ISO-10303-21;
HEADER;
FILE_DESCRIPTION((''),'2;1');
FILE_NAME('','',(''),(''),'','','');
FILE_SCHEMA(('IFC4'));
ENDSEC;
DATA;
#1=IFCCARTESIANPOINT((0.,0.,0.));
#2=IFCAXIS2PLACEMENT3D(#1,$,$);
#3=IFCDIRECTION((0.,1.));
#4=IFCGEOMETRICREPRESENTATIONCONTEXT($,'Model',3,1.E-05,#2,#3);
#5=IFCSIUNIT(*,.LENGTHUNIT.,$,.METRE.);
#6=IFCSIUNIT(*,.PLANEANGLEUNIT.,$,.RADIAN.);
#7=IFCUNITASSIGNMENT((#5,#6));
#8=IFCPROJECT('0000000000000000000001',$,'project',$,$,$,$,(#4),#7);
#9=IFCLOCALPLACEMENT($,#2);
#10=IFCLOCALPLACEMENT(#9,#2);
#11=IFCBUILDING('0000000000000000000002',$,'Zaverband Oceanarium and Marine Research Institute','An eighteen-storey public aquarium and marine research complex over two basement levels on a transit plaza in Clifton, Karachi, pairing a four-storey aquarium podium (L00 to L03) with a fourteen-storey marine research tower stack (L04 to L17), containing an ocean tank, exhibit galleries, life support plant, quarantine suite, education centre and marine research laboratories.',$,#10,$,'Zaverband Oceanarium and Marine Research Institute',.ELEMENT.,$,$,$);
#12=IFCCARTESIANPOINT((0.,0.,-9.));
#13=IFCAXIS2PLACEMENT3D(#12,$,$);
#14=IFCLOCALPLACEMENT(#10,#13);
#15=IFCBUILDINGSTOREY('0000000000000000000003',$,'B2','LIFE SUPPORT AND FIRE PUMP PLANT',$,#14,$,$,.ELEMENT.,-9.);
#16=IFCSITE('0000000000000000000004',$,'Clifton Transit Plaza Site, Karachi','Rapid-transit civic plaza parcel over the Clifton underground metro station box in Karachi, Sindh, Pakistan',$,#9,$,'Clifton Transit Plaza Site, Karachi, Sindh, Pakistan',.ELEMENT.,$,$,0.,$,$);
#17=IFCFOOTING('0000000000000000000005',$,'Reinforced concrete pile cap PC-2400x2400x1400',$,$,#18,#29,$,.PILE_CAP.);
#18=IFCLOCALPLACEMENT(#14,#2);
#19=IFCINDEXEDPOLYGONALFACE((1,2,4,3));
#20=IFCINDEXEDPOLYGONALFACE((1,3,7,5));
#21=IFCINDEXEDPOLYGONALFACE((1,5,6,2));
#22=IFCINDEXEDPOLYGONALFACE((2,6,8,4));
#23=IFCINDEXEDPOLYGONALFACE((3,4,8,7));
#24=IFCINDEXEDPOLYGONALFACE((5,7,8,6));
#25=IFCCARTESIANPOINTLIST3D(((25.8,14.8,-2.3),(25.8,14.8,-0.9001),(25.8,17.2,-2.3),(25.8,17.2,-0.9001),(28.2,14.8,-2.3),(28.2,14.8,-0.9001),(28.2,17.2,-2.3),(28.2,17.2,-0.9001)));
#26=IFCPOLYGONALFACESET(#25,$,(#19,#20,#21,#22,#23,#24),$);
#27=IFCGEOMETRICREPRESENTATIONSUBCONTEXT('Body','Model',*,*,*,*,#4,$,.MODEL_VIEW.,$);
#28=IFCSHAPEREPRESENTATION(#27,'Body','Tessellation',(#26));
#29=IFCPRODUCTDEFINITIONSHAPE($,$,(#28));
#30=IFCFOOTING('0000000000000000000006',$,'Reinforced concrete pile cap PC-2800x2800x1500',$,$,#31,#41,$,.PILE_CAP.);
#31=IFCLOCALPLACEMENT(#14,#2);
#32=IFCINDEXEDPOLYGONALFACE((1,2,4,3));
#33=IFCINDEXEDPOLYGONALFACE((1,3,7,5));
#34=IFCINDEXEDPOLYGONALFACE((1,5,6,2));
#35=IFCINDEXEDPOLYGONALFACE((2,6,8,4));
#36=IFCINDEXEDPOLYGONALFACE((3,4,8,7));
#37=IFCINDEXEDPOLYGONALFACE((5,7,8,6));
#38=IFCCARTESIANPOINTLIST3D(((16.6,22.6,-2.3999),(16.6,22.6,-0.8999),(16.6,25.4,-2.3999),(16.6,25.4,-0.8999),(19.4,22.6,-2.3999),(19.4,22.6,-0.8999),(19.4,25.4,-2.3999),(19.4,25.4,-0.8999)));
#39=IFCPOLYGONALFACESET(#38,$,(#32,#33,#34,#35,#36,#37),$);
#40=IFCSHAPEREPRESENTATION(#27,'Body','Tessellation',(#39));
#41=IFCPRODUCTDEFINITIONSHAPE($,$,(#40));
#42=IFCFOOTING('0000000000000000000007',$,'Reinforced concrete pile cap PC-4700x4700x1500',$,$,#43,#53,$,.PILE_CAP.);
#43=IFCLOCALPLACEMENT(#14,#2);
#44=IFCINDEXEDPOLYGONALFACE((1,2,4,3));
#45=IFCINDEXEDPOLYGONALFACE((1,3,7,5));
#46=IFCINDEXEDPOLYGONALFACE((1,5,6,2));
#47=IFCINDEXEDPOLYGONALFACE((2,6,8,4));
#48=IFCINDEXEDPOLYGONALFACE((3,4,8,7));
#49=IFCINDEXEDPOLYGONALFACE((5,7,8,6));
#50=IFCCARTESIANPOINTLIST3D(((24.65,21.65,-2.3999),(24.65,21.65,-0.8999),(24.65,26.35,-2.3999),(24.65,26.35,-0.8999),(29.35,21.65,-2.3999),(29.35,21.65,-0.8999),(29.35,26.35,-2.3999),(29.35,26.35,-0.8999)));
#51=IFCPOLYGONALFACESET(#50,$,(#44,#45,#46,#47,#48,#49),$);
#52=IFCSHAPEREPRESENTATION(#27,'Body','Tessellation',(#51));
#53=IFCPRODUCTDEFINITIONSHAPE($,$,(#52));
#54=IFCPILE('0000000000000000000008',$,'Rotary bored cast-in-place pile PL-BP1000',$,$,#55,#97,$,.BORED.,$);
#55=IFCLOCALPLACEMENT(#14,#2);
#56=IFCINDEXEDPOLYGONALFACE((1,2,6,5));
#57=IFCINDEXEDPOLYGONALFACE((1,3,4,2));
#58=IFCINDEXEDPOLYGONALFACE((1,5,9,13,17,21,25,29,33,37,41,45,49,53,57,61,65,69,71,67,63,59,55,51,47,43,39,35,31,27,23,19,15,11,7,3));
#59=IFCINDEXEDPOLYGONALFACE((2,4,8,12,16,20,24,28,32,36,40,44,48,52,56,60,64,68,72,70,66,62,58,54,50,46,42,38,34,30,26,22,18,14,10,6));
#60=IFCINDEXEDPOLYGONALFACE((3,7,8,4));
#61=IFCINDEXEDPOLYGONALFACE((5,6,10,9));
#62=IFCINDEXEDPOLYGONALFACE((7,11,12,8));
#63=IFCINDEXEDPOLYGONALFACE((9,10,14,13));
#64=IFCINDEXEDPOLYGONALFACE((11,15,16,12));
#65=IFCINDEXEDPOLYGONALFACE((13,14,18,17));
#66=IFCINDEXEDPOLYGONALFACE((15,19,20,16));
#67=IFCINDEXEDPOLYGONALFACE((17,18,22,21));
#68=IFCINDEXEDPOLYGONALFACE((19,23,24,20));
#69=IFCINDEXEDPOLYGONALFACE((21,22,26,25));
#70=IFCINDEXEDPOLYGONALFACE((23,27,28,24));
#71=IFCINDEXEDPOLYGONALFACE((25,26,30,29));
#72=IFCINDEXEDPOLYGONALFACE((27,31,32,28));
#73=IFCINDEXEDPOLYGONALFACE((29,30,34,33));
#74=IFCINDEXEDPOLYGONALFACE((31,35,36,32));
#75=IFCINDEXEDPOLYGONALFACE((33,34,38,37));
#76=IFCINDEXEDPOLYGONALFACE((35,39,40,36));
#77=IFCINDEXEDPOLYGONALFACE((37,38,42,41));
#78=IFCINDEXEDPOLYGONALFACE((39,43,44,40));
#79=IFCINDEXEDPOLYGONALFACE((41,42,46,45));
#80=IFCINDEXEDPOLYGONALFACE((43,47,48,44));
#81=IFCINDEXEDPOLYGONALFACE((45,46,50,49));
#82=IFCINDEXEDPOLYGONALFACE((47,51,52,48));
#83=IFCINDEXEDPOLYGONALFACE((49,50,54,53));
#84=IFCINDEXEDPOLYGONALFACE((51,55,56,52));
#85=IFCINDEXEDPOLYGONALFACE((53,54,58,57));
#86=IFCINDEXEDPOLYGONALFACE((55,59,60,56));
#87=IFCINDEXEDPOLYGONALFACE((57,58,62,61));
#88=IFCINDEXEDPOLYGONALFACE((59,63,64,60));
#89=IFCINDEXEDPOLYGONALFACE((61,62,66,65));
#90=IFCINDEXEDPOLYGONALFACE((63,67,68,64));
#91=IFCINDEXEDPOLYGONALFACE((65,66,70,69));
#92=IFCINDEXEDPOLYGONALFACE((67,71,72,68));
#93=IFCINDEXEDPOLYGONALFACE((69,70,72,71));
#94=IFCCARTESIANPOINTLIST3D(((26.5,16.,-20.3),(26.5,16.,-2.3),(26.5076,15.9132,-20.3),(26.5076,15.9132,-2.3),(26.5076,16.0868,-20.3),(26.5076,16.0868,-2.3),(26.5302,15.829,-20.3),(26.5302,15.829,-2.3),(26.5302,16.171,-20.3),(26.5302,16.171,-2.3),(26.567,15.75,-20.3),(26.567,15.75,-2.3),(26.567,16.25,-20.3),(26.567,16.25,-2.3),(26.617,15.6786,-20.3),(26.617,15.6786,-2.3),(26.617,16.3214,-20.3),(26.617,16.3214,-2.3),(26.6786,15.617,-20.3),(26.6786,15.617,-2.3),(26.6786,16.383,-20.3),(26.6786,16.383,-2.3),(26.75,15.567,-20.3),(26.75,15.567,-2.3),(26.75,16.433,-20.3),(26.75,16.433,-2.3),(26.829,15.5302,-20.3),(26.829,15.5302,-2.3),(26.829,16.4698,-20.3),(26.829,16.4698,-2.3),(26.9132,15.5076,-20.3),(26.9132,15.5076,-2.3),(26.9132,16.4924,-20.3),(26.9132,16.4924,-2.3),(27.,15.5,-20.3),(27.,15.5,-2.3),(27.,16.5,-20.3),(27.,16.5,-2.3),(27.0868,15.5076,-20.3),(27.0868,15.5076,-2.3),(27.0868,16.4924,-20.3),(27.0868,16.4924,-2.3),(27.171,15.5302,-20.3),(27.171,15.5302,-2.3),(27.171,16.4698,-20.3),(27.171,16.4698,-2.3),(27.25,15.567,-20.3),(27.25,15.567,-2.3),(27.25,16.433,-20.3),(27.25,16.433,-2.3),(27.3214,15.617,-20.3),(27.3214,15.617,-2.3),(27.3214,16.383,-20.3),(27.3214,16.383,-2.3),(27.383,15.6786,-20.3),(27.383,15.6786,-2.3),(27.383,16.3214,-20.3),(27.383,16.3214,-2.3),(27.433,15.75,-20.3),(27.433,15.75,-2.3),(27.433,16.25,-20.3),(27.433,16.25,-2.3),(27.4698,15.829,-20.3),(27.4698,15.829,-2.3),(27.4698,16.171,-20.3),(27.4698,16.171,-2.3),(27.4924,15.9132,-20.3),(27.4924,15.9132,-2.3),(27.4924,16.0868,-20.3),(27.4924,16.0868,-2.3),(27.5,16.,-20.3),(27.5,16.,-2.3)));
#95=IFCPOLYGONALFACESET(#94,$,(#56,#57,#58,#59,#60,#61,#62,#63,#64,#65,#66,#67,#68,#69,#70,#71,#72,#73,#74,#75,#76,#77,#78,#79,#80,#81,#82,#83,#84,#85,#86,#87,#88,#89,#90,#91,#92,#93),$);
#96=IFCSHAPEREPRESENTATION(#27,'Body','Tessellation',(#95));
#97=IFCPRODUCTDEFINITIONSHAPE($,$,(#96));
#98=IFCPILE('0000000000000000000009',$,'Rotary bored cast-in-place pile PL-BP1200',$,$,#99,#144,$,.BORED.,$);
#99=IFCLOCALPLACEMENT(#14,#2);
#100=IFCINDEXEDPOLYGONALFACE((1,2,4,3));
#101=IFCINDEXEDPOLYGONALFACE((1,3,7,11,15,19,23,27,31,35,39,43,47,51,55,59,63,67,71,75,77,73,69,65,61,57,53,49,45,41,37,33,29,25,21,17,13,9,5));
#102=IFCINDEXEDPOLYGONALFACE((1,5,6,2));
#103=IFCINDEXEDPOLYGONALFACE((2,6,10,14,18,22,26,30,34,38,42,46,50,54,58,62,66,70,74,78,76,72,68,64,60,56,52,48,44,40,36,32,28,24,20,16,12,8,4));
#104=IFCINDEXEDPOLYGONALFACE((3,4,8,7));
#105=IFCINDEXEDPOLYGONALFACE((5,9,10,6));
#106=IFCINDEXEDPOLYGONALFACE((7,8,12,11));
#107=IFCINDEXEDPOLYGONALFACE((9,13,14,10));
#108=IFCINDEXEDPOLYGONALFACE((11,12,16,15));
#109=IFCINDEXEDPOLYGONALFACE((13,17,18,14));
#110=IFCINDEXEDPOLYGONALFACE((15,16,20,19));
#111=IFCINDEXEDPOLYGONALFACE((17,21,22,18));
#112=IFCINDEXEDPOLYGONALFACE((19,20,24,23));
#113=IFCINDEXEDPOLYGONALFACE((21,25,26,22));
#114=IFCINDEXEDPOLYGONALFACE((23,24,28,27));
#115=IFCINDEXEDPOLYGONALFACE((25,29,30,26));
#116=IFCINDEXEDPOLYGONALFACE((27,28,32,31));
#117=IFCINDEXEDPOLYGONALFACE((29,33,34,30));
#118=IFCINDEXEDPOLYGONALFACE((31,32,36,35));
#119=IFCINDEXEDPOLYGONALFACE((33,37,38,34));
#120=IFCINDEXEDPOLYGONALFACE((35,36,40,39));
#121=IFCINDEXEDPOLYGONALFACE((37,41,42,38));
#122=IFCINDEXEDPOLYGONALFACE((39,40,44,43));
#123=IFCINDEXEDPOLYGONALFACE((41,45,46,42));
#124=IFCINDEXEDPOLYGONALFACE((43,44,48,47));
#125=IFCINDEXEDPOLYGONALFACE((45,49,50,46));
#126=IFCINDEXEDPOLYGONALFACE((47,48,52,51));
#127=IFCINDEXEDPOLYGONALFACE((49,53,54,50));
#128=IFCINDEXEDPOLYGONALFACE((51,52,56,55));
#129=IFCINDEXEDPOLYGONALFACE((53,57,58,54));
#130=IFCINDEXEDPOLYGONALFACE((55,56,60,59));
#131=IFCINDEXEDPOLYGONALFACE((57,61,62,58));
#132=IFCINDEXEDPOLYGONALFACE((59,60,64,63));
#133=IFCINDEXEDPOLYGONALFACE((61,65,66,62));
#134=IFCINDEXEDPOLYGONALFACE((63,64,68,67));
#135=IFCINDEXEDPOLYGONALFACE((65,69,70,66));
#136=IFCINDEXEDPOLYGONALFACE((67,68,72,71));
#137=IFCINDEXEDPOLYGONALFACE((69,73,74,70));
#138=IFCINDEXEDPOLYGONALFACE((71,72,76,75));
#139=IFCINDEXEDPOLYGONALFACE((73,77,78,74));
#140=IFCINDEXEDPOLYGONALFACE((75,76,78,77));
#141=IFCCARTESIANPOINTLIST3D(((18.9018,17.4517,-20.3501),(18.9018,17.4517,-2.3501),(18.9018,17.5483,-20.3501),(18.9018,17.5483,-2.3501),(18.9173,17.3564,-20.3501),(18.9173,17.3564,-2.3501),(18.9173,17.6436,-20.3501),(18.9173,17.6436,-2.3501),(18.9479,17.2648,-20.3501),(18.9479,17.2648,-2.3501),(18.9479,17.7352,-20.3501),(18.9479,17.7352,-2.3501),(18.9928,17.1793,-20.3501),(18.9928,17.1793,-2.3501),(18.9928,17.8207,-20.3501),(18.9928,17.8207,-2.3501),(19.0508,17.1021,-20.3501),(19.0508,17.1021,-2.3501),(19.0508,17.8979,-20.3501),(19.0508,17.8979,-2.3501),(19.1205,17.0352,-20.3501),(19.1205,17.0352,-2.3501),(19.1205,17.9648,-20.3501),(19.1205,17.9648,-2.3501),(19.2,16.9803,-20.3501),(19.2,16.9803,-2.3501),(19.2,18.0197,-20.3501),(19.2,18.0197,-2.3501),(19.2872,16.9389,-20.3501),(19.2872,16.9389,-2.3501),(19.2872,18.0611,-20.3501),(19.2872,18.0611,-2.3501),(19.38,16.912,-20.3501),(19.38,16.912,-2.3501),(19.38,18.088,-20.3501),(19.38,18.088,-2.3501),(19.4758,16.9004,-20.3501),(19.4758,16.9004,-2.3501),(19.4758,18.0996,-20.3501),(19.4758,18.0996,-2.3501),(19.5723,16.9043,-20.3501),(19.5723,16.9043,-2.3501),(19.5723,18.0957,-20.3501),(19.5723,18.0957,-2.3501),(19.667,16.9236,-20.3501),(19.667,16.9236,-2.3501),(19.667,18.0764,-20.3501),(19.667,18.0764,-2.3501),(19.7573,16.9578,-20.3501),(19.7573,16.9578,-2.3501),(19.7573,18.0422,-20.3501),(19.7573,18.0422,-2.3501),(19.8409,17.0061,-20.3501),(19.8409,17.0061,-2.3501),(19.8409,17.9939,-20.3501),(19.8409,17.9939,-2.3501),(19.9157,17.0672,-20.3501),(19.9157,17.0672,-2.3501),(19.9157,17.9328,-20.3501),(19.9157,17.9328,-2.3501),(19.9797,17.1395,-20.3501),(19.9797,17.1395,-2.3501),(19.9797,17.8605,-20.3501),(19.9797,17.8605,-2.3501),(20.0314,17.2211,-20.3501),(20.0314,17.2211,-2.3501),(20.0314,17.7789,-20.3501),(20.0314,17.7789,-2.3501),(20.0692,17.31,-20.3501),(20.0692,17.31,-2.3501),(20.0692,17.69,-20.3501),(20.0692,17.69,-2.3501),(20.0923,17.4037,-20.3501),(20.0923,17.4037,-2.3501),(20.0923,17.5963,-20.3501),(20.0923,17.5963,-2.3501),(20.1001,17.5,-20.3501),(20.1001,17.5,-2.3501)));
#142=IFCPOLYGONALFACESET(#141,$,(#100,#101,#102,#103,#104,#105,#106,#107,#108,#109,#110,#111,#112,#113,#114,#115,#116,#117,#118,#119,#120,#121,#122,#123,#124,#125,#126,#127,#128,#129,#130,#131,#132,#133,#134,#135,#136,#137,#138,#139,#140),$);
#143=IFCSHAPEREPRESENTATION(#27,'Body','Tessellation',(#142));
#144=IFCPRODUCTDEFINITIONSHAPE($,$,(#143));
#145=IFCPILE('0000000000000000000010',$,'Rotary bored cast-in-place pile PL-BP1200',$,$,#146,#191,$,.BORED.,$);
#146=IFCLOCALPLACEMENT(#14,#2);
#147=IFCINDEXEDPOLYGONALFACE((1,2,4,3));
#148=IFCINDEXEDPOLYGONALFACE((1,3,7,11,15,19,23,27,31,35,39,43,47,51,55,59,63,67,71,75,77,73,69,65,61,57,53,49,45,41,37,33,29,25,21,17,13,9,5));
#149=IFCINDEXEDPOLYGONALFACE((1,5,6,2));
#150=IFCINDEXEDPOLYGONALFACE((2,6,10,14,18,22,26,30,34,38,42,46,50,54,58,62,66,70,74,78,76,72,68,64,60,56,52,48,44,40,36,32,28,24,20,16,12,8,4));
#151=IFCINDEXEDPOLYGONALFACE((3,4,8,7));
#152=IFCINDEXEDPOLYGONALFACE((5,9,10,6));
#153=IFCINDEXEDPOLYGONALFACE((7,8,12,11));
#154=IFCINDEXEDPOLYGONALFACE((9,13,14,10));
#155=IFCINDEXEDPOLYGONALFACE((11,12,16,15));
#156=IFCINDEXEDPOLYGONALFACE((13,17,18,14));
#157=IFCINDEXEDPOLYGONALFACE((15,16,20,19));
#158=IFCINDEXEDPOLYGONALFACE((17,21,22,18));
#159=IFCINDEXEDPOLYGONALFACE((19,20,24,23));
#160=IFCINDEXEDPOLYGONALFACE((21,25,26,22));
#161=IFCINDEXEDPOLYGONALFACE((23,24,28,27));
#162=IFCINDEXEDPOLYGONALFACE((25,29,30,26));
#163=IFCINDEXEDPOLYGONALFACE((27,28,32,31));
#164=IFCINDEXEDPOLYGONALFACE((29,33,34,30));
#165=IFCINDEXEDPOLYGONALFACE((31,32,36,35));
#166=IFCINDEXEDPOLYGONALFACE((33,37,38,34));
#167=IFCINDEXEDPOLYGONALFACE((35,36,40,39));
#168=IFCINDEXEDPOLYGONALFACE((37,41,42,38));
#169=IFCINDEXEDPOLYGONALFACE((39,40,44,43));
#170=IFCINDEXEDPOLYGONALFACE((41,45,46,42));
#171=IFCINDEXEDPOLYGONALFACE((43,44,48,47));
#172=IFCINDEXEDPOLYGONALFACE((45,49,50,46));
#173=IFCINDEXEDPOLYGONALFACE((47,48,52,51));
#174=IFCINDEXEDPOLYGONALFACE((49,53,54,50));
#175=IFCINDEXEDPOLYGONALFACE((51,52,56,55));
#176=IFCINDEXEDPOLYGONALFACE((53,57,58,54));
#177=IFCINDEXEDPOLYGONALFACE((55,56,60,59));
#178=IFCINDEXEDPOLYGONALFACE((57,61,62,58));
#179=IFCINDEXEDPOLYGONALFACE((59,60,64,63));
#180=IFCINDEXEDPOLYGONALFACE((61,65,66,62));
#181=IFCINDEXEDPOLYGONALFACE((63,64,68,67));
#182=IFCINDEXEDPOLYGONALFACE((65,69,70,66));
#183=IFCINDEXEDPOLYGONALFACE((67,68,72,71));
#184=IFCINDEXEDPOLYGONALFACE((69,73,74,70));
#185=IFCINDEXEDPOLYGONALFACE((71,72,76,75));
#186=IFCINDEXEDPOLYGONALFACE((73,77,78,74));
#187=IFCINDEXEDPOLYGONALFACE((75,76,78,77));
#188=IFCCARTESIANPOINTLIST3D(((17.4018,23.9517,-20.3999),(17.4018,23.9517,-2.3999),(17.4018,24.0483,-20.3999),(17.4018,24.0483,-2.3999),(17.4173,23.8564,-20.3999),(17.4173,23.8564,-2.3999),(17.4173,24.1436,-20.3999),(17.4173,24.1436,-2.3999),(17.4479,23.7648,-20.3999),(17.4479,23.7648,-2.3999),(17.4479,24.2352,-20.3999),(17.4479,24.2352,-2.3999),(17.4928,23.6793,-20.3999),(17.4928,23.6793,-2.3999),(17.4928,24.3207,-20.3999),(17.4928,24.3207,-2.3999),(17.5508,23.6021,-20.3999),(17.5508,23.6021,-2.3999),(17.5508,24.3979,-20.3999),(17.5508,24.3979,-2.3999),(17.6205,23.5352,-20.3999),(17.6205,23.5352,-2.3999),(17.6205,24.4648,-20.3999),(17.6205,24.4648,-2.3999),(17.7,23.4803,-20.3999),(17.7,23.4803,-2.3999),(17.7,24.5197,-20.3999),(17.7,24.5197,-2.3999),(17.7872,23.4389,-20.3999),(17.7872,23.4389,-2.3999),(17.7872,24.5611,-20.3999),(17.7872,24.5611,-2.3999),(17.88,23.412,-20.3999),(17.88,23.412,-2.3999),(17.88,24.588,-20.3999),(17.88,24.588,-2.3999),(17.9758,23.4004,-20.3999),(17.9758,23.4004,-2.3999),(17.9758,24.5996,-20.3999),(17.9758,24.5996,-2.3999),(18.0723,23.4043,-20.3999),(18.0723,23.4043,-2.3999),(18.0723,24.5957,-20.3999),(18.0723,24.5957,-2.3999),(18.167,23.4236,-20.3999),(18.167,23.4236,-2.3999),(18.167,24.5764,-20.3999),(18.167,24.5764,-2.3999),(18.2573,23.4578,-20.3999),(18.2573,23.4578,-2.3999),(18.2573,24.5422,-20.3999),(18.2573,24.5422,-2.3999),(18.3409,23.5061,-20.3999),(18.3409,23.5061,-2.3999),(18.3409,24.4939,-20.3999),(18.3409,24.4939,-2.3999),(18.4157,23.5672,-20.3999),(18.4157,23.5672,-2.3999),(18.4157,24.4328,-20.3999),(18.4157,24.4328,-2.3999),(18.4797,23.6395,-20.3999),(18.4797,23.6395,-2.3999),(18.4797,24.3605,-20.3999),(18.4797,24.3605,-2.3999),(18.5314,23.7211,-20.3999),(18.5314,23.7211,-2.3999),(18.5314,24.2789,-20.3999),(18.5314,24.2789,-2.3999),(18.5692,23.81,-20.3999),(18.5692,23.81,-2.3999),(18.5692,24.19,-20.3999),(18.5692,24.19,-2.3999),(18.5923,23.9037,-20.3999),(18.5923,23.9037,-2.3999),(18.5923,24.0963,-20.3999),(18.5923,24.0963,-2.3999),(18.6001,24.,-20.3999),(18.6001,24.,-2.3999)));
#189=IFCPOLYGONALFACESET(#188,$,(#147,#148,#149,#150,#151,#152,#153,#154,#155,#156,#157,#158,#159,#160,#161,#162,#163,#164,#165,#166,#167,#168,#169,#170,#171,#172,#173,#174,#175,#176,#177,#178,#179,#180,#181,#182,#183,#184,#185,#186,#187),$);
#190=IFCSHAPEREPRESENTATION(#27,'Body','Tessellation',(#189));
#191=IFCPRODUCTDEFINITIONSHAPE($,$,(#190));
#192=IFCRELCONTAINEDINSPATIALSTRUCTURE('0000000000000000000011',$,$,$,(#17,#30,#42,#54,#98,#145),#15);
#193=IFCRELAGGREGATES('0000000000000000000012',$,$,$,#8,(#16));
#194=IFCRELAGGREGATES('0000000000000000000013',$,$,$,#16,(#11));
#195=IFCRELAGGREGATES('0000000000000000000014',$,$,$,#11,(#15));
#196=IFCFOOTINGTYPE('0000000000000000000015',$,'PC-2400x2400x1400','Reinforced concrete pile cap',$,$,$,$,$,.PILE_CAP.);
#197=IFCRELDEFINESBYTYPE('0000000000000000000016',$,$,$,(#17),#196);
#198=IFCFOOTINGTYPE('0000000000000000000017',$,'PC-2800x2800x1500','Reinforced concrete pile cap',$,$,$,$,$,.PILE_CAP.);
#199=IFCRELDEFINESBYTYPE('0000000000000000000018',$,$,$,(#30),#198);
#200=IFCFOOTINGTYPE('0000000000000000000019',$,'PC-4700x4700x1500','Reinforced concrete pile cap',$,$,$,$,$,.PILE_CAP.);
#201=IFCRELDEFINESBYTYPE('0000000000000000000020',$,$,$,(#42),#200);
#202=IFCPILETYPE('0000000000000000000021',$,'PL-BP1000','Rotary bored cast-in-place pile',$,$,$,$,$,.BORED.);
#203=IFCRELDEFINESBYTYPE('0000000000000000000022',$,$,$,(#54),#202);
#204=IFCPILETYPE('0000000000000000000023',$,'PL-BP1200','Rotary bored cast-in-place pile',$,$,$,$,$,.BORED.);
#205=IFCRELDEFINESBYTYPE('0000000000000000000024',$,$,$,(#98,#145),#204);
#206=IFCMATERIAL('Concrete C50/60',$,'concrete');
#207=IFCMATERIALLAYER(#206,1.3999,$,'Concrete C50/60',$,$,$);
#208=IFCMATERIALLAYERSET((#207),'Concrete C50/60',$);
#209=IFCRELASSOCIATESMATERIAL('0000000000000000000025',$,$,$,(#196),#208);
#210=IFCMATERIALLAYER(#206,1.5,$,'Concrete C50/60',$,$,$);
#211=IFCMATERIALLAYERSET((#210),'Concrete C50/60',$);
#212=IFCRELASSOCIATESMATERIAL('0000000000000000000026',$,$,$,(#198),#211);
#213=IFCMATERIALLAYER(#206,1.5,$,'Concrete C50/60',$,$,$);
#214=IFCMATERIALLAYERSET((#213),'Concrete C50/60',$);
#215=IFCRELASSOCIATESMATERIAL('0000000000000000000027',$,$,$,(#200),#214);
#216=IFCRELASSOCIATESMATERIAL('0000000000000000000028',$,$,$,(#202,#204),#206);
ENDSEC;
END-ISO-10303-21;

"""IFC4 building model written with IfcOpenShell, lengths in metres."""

from ifc_helpers import new_model, si_unit, direction, frame, origin, origin_2d, place, context, subcontext, project, spatial, rectangle, circle, extrude, material, layer, layer_set, material_profile, profile_set, type_object, element, save


model = new_model("IFC4")

# Units and contexts
model_context = context("Model", 3, precision=1e-05, world=origin(), true_north=direction((0.0, 1.0)))
body_context = subcontext(model_context, "Body", "Model", "MODEL_VIEW")
ifc_project = project(units=[si_unit("LENGTHUNIT", "METRE"), si_unit("PLANEANGLEUNIT", "RADIAN")], contexts=[model_context])

# Site, building, storey
site_placement = place(None, origin())
site = spatial("IfcSite", under=ifc_project, at=site_placement, Name="Clifton Transit Plaza Site, Karachi", Description="Rapid-transit civic plaza parcel over the Clifton underground metro station box in Karachi, Sindh, Pakistan", LongName="Clifton Transit Plaza Site, Karachi, Sindh, Pakistan", CompositionType="ELEMENT", RefElevation=0.0)
building_placement = place(site_placement, origin())
building = spatial("IfcBuilding", under=site, at=building_placement, Name="Zaverband Oceanarium and Marine Research Institute", Description="An eighteen-storey public aquarium and marine research complex over two basement levels on a transit plaza in Clifton, Karachi, pairing a four-storey aquarium podium (L00 to L03) with a fourteen-storey marine research tower stack (L04 to L17), containing an ocean tank, exhibit galleries, life support plant, quarantine suite, education centre and marine research laboratories.", LongName="Zaverband Oceanarium and Marine Research Institute", CompositionType="ELEMENT")
storey_placement = place(building_placement, frame((0.0, 0.0, -9.0)))
storey = spatial("IfcBuildingStorey", under=building, at=storey_placement, Name="B2", Description="LIFE SUPPORT AND FIRE PUMP PLANT", CompositionType="ELEMENT", Elevation=-9.0)

# Footings
ifc_material_1 = material(Name="Concrete C50/60", Category="concrete")
ifc_layer_1 = layer(ifc_material_1, 1.3999, Name="Concrete C50/60")
ifc_layer_set_1 = layer_set([ifc_layer_1], Name="Concrete C50/60")
footing_type_1 = type_object("IfcFootingType", Name="PC-2400x2400x1400", Description="Reinforced concrete pile cap", PredefinedType="PILE_CAP", material=ifc_layer_set_1)
footing_1_placement = place(storey_placement, frame((27.0, 16.0, -2.3), z_axis=(0.0, 0.0, 1.0), x_axis=(1.0, 0.0, 0.0)))
element("IfcFooting", 1, at=footing_1_placement, inside=storey, type_object=footing_type_1, Name="Reinforced concrete pile cap PC-2400x2400x1400", PredefinedType="PILE_CAP", context=body_context, shape_type="SweptSolid", body=[
    extrude(rectangle(XDim=2.3999, YDim=2.3999, at=origin_2d()), origin(), (0.0, 0.0, 1.0), 1.3999),
])
ifc_layer_2 = layer(ifc_material_1, 1.5, Name="Concrete C50/60")
ifc_layer_set_2 = layer_set([ifc_layer_2], Name="Concrete C50/60")
footing_type_2 = type_object("IfcFootingType", Name="PC-2800x2800x1500", Description="Reinforced concrete pile cap", PredefinedType="PILE_CAP", material=ifc_layer_set_2)
footing_2_placement = place(storey_placement, frame((18.0, 24.0, -2.3999), z_axis=(0.0, 0.0, 1.0), x_axis=(1.0, 0.0, 0.0)))
element("IfcFooting", 2, at=footing_2_placement, inside=storey, type_object=footing_type_2, Name="Reinforced concrete pile cap PC-2800x2800x1500", PredefinedType="PILE_CAP", context=body_context, shape_type="SweptSolid", body=[
    extrude(rectangle(XDim=2.8, YDim=2.8, at=origin_2d()), origin(), (0.0, 0.0, 1.0), 1.5),
])
ifc_layer_3 = layer(ifc_material_1, 1.5, Name="Concrete C50/60")
ifc_layer_set_3 = layer_set([ifc_layer_3], Name="Concrete C50/60")
footing_type_3 = type_object("IfcFootingType", Name="PC-4700x4700x1500", Description="Reinforced concrete pile cap", PredefinedType="PILE_CAP", material=ifc_layer_set_3)
footing_3_placement = place(storey_placement, frame((27.0, 24.0, -2.3999), z_axis=(0.0, 0.0, 1.0), x_axis=(1.0, 0.0, 0.0)))
element("IfcFooting", 3, at=footing_3_placement, inside=storey, type_object=footing_type_3, Name="Reinforced concrete pile cap PC-4700x4700x1500", PredefinedType="PILE_CAP", context=body_context, shape_type="SweptSolid", body=[
    extrude(rectangle(XDim=4.7, YDim=4.7, at=origin_2d()), origin(), (0.0, 0.0, 1.0), 1.5),
])

# Piles
ifc_material_profile_1 = material_profile(ifc_material_1, circle(Radius=0.5, at=origin_2d()), Name="BP1000")
ifc_profile_set_1 = profile_set([ifc_material_profile_1], Name="Concrete C50/60")
pile_type_1 = type_object("IfcPileType", Name="PL-BP1000", Description="Rotary bored cast-in-place pile", PredefinedType="BORED", material=ifc_profile_set_1)
pile_placement = place(storey_placement, frame((27.0, 16.0, -2.3), z_axis=(0.0, 0.0, -1.0), x_axis=(1.0, 0.0, 0.0)))
element("IfcPile", 4, at=pile_placement, inside=storey, type_object=pile_type_1, Name="Rotary bored cast-in-place pile PL-BP1000", PredefinedType="BORED", context=body_context, shape_type="SweptSolid", body=[
    extrude(circle(Radius=0.5, at=origin_2d()), origin(), (0.0, 0.0, 1.0), 18.0),
])
ifc_material_profile_2 = material_profile(ifc_material_1, circle(Radius=0.6001, at=origin_2d()), Name="BP1200")
ifc_profile_set_2 = profile_set([ifc_material_profile_2], Name="Concrete C50/60")
pile_type_2 = type_object("IfcPileType", Name="PL-BP1200", Description="Rotary bored cast-in-place pile", PredefinedType="BORED", material=ifc_profile_set_2)
for number, where, z_axis, x_axis, name in (
    (5, (19.5, 17.5, -2.3501), (0.0, 0.0, -1.0), (1.0, 0.0, 0.0), "Rotary bored cast-in-place pile PL-BP1200"),
    (6, (18.0, 24.0, -2.3999), (0.0, 0.0, -1.0), (1.0, 0.0, 0.0), "Rotary bored cast-in-place pile PL-BP1200"),
):
    element("IfcPile", number, at=place(storey_placement, frame(where, z_axis=z_axis, x_axis=x_axis)), inside=storey, type_object=pile_type_2, Name=name, PredefinedType="BORED", context=body_context, shape_type="SweptSolid", body=[
        extrude(circle(Radius=0.6001, at=origin_2d()), origin(), (0.0, 0.0, 1.0), 18.0),
    ])

save(model, "model.ifc")
